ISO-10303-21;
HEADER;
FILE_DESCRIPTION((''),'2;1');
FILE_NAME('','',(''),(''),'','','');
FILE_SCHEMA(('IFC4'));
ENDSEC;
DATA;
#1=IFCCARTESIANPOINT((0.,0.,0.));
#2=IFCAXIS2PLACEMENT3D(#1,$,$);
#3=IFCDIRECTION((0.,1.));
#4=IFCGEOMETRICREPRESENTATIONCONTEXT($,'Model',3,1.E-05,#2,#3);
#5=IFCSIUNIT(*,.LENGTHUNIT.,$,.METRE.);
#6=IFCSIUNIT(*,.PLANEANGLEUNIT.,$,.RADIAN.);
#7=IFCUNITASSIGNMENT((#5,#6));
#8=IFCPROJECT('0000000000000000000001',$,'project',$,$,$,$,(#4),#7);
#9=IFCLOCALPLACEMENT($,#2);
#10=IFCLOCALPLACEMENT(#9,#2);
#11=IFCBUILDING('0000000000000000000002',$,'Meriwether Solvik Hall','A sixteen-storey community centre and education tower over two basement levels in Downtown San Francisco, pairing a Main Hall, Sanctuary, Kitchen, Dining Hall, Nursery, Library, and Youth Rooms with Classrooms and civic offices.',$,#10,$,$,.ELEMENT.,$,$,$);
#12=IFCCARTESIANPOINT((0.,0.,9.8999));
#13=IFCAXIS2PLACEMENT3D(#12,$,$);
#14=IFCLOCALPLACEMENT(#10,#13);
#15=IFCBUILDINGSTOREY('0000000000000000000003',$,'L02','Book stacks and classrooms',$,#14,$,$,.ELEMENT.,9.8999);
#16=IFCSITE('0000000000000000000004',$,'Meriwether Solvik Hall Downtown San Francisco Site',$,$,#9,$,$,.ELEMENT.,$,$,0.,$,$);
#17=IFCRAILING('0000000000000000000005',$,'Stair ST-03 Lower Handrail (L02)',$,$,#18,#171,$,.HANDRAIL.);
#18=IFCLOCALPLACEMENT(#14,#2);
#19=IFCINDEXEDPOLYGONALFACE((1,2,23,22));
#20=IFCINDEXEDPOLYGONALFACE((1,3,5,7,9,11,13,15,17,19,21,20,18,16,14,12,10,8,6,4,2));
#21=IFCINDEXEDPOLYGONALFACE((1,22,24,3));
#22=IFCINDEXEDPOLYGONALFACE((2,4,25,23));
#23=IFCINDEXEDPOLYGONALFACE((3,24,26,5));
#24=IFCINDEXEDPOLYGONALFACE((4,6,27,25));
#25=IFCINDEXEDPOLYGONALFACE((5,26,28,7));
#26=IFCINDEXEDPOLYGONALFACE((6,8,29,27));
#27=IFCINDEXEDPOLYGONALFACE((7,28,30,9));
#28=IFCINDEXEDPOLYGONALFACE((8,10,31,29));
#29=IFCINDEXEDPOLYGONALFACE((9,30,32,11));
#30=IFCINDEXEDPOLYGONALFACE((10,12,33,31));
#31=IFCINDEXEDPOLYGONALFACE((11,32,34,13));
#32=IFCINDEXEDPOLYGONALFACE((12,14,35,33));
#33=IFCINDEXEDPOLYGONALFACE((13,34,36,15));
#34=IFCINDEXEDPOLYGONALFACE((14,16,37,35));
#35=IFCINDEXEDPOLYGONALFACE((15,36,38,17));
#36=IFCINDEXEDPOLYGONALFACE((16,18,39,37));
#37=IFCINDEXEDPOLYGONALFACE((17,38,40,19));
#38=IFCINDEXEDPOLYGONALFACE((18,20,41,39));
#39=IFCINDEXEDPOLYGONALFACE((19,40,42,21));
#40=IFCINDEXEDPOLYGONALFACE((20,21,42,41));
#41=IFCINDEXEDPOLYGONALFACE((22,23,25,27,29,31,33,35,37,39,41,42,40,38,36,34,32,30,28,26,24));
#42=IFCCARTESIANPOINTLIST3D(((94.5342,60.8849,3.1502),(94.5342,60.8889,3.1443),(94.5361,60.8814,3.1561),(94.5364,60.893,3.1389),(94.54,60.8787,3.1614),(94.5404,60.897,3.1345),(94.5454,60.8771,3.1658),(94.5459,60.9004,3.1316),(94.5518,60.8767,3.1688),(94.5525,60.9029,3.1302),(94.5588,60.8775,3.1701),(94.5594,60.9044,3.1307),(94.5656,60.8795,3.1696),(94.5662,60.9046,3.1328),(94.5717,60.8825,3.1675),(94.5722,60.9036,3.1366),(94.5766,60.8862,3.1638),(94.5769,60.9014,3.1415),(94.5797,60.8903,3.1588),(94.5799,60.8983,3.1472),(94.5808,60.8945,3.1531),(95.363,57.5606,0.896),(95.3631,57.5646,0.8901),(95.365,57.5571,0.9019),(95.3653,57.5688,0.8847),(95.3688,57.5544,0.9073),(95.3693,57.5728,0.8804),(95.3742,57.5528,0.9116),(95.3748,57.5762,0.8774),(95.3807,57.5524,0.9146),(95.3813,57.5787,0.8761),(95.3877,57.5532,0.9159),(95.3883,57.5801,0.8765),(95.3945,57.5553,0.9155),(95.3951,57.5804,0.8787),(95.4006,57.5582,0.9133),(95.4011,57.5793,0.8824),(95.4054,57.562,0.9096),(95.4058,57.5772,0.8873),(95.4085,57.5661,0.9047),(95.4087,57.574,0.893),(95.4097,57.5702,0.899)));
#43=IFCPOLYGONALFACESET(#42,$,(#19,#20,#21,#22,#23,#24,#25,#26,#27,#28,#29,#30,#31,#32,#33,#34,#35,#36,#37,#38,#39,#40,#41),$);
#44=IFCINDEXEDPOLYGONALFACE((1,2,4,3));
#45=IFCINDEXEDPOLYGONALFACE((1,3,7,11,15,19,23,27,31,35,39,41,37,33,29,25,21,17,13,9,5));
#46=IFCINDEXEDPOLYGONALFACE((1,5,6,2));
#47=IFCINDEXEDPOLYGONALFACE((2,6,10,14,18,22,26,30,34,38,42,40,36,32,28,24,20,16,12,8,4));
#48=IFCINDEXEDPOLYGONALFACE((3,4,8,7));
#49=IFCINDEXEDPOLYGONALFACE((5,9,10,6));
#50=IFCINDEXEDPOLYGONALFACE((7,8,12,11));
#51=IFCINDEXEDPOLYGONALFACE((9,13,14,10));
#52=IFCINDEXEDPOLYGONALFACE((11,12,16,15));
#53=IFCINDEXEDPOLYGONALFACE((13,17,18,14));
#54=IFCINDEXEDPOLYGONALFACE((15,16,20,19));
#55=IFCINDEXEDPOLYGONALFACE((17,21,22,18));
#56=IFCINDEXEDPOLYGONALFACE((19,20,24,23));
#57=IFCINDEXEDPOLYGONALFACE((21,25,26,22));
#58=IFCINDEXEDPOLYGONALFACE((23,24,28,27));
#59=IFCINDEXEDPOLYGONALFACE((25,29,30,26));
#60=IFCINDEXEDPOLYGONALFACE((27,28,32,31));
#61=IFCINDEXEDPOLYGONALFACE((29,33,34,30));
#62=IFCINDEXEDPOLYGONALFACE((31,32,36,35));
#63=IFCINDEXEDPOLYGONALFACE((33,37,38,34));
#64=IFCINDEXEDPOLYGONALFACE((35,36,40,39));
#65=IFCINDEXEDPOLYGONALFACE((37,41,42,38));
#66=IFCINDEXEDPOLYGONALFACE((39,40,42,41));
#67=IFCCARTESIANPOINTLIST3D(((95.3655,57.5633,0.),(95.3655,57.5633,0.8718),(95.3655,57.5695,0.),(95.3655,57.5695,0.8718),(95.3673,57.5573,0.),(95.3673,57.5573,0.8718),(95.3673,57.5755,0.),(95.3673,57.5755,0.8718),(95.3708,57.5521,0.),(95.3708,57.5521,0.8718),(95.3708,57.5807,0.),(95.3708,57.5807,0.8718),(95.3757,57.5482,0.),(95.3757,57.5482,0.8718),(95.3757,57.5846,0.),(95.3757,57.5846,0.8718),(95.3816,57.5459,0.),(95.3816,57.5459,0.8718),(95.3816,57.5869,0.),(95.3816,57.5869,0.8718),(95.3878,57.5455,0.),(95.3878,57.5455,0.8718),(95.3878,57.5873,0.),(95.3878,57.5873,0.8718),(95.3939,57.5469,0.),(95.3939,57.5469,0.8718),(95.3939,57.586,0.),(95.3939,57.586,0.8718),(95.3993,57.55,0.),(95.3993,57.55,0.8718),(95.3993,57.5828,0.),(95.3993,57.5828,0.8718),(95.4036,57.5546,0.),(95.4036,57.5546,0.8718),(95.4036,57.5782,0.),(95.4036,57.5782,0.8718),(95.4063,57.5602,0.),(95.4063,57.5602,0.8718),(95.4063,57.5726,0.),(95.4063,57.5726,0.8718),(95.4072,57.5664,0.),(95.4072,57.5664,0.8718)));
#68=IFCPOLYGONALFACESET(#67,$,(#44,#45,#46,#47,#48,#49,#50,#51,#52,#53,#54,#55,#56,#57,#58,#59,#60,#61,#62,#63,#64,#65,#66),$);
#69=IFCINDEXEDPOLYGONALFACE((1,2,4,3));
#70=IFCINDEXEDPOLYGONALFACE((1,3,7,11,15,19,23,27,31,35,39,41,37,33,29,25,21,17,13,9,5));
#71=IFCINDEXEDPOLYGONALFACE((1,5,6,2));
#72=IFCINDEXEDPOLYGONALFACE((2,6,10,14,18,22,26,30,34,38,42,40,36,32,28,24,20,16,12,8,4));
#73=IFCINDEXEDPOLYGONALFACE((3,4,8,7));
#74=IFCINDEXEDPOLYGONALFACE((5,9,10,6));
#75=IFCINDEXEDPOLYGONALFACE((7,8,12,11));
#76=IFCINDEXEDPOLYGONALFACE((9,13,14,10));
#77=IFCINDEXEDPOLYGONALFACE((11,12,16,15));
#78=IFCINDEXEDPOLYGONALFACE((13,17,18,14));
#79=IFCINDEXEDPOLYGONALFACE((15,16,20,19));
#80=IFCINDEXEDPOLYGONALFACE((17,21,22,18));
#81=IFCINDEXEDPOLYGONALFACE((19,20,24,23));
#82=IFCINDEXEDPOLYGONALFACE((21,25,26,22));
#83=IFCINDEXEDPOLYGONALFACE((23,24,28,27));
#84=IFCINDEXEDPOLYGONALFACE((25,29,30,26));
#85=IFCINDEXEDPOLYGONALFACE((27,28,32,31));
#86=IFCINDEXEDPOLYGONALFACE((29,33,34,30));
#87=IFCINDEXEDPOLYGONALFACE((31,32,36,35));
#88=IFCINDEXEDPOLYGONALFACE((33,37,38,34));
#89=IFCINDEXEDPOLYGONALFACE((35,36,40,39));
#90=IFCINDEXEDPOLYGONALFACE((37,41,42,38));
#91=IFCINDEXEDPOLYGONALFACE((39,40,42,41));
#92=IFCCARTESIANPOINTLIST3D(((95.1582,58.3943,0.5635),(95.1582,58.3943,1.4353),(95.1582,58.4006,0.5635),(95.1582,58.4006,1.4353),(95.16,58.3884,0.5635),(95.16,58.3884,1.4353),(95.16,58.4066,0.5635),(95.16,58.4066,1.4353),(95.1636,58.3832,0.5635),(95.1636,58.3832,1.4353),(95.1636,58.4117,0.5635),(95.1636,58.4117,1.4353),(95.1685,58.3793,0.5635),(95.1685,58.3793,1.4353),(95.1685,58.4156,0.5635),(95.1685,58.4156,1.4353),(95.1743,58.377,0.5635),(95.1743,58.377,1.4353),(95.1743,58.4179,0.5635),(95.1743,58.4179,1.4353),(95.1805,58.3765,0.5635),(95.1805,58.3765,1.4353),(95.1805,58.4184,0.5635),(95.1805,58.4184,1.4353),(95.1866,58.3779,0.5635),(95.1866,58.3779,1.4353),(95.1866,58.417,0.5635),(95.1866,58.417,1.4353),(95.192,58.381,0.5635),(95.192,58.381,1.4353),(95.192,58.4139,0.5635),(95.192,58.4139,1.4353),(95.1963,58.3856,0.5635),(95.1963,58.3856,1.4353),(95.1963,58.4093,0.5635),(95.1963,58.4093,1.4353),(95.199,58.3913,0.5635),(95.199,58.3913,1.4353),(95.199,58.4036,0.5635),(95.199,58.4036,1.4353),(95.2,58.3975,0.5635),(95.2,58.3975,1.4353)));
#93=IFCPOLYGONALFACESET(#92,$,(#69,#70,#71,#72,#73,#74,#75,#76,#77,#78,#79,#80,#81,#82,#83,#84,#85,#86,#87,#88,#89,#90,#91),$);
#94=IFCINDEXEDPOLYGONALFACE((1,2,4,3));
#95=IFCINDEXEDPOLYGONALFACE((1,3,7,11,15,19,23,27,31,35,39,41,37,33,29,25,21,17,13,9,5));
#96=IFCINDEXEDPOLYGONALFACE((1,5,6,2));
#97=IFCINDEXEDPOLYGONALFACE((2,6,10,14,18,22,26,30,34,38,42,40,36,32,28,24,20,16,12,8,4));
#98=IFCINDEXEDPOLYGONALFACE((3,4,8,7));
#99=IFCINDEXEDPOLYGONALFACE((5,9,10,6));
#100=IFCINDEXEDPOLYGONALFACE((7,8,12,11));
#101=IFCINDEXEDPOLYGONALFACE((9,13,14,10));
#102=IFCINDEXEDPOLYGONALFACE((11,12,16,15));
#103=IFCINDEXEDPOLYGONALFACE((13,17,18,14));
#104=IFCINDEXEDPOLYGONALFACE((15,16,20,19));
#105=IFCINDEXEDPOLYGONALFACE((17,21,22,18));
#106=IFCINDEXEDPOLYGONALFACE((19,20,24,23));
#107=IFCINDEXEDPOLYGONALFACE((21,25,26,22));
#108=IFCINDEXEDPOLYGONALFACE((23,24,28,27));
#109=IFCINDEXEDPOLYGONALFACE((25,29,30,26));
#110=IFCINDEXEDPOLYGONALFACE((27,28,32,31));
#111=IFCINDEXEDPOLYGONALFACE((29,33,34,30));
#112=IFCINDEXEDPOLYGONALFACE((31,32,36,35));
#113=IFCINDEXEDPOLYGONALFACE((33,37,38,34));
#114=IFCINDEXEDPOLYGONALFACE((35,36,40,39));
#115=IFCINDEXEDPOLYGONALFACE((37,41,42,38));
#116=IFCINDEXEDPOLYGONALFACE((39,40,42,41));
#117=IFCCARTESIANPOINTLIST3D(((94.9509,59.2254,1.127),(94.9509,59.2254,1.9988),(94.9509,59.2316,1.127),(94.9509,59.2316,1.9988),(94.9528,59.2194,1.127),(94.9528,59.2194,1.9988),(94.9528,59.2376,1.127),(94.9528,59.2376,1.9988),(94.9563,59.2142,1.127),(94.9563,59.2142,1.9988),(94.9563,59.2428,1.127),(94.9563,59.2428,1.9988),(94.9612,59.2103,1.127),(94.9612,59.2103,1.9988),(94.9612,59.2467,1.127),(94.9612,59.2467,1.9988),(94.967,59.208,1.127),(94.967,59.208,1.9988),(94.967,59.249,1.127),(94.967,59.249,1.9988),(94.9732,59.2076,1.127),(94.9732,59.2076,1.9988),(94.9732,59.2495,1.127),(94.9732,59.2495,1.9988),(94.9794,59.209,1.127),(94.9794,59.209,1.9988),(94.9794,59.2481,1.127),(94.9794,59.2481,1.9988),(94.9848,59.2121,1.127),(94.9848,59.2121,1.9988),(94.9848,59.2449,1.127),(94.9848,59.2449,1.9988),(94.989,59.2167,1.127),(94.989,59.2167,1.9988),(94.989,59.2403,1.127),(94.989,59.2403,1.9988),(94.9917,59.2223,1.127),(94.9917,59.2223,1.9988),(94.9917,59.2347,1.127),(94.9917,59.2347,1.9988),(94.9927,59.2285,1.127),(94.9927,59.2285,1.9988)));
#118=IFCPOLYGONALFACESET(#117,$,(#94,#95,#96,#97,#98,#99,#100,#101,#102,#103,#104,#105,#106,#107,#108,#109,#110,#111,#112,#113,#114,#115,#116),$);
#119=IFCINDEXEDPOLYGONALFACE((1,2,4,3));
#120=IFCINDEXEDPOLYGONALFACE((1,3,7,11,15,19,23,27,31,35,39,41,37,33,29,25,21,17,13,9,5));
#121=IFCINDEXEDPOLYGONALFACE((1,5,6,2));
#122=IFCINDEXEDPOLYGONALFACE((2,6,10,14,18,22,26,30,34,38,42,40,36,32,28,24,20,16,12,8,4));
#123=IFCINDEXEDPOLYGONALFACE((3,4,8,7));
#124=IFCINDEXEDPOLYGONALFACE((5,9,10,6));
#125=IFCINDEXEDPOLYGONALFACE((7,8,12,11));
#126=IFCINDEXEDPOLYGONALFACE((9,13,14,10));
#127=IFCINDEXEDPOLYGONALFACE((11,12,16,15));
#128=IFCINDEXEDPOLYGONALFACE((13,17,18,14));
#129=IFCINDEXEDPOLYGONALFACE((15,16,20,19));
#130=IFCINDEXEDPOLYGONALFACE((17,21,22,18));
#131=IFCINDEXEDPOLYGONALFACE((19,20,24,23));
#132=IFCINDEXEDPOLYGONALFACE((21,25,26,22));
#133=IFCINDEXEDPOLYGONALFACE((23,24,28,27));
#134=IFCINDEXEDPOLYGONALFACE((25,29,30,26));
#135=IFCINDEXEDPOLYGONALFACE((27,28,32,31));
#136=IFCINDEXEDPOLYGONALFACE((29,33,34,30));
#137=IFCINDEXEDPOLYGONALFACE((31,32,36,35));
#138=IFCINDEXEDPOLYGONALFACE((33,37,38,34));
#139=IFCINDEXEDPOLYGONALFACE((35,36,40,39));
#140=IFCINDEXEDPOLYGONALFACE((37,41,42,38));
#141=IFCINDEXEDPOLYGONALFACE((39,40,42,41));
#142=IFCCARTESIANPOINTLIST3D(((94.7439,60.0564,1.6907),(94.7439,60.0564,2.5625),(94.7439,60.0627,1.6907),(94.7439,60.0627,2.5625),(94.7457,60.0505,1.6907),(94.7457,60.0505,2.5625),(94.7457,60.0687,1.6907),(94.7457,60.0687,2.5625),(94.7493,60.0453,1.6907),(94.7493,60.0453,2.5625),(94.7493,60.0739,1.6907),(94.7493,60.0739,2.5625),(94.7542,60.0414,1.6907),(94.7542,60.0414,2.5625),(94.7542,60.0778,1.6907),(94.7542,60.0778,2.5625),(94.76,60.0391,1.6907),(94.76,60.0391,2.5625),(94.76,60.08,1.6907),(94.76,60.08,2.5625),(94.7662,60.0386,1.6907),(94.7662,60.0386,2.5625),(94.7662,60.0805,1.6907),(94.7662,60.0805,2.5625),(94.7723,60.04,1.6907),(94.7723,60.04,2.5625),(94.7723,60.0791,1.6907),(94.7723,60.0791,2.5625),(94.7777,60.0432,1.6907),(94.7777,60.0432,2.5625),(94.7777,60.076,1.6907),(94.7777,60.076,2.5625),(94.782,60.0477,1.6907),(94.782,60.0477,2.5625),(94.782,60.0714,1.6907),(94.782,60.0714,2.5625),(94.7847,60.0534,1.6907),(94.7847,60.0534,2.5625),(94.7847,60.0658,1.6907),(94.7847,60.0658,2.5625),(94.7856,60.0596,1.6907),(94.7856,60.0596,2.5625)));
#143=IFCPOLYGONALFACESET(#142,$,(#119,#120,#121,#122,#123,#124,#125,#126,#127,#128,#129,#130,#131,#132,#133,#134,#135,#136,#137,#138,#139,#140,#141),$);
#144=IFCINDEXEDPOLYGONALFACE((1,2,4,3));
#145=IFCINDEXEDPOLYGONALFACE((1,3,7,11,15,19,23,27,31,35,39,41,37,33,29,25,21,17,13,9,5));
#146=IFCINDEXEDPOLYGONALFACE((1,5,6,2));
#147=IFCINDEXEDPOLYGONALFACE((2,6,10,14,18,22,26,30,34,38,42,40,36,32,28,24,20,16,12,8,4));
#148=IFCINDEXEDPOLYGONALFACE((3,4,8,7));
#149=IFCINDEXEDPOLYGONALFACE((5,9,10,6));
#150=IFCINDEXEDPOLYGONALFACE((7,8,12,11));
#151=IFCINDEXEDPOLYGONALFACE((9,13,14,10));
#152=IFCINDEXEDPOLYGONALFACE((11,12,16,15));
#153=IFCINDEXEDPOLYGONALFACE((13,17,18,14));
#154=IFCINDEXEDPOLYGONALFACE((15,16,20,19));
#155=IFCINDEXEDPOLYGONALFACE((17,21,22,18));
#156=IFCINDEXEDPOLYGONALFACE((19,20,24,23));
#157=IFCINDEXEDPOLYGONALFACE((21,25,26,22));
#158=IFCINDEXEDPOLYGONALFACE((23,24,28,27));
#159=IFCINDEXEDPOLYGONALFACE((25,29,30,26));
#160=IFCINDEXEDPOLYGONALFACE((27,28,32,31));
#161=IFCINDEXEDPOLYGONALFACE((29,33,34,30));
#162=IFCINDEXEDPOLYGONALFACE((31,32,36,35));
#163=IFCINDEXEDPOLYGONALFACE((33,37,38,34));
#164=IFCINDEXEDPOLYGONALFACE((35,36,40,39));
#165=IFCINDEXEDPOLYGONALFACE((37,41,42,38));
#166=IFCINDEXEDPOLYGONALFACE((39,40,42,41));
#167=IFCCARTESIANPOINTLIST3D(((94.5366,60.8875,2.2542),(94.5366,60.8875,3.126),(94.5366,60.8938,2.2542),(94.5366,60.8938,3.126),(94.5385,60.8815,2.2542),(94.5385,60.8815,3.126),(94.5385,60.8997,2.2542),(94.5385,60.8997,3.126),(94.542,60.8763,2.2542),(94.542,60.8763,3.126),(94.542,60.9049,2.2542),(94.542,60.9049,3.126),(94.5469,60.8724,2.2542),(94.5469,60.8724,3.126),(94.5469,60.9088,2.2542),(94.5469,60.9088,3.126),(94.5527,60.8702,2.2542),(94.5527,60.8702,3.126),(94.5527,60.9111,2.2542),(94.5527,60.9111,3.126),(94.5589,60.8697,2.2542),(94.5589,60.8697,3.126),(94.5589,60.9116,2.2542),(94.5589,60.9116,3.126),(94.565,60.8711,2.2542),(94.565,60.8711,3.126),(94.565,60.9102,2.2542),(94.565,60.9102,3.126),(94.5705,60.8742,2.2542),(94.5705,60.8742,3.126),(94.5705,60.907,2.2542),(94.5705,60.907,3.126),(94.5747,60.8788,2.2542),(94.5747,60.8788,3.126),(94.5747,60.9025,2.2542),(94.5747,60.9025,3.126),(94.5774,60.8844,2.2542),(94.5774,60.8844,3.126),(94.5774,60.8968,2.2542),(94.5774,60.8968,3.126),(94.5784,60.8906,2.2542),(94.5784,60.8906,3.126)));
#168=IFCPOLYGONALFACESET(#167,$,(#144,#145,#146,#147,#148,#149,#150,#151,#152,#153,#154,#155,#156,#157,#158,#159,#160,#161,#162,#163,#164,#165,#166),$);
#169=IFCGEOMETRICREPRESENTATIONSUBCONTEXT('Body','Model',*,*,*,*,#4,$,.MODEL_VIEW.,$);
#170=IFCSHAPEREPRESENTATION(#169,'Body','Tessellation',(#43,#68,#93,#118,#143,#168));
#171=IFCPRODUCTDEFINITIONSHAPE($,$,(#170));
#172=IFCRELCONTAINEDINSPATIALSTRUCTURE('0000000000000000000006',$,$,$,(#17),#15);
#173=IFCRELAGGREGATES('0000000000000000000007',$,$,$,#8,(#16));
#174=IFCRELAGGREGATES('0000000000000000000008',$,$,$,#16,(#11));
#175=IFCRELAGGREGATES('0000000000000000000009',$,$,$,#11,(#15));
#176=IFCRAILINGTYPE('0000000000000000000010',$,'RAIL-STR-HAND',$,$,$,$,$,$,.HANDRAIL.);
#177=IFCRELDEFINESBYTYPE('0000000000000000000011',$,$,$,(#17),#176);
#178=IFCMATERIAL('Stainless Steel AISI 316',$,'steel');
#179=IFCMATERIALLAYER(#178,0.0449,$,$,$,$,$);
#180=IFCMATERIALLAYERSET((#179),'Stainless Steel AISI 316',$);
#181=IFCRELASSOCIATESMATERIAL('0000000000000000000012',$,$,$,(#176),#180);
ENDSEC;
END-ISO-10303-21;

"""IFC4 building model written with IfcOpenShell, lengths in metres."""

from ifc_helpers import new_model, si_unit, direction, frame, origin, origin_2d, place, context, subcontext, project, spatial, circle, extrude, material, layer, layer_set, type_object, element, save


model = new_model("IFC4")

# Units and contexts
model_context = context("Model", 3, precision=1e-05, world=origin(), true_north=direction((0.0, 1.0)))
body_context = subcontext(model_context, "Body", "Model", "MODEL_VIEW")
ifc_project = project(units=[si_unit("LENGTHUNIT", "METRE"), si_unit("PLANEANGLEUNIT", "RADIAN")], contexts=[model_context])

# Site, building, storey
site_placement = place(None, origin())
site = spatial("IfcSite", under=ifc_project, at=site_placement, Name="Meriwether Solvik Hall Downtown San Francisco Site", CompositionType="ELEMENT", RefElevation=0.0)
building_placement = place(site_placement, origin())
building = spatial("IfcBuilding", under=site, at=building_placement, Name="Meriwether Solvik Hall", Description="A sixteen-storey community centre and education tower over two basement levels in Downtown San Francisco, pairing a Main Hall, Sanctuary, Kitchen, Dining Hall, Nursery, Library, and Youth Rooms with Classrooms and civic offices.", CompositionType="ELEMENT")
storey_placement = place(building_placement, frame((0.0, 0.0, 9.8999)))
storey = spatial("IfcBuildingStorey", under=building, at=storey_placement, Name="L02", Description="Book stacks and classrooms", CompositionType="ELEMENT", Elevation=9.8999)

# Railing
ifc_material_1 = material(Name="Stainless Steel AISI 316", Category="steel")
ifc_layer_1 = layer(ifc_material_1, 0.0449)
ifc_layer_set_1 = layer_set([ifc_layer_1], Name="Stainless Steel AISI 316")
railing_type_1 = type_object("IfcRailingType", Name="RAIL-STR-HAND", PredefinedType="HANDRAIL", material=ifc_layer_set_1)
railing_1_placement = place(storey_placement, frame((95.3862, 57.5664, 0.0)))
element("IfcRailing", 1, at=railing_1_placement, inside=storey, type_object=railing_type_1, Name="Stair ST-03 Lower Handrail (L02)", PredefinedType="HANDRAIL", context=body_context, shape_type="SweptSolid", body=[
    extrude(circle(Radius=0.0239, at=origin_2d()), frame((0.0, 0.0, 0.896), z_axis=(-0.202108, 0.810577, 0.549652), x_axis=(-0.970293, -0.241932, 0.0)), (0.0, 0.0, 1.0), 4.1011),
    extrude(circle(Radius=0.021, at=origin_2d()), origin(), (0.0, 0.0, 1.0), 0.8718),
    extrude(circle(Radius=0.021, at=origin_2d()), frame((-0.2073, 0.8311, 0.5635)), (0.0, 0.0, 1.0), 0.8718),
    extrude(circle(Radius=0.021, at=origin_2d()), frame((-0.4146, 1.6621, 1.127)), (0.0, 0.0, 1.0), 0.8718),
    extrude(circle(Radius=0.021, at=origin_2d()), frame((-0.6216, 2.4932, 1.6907)), (0.0, 0.0, 1.0), 0.8718),
    extrude(circle(Radius=0.021, at=origin_2d()), frame((-0.8289, 3.3242, 2.2542)), (0.0, 0.0, 1.0), 0.8718),
])

save(model, "model.ifc")
